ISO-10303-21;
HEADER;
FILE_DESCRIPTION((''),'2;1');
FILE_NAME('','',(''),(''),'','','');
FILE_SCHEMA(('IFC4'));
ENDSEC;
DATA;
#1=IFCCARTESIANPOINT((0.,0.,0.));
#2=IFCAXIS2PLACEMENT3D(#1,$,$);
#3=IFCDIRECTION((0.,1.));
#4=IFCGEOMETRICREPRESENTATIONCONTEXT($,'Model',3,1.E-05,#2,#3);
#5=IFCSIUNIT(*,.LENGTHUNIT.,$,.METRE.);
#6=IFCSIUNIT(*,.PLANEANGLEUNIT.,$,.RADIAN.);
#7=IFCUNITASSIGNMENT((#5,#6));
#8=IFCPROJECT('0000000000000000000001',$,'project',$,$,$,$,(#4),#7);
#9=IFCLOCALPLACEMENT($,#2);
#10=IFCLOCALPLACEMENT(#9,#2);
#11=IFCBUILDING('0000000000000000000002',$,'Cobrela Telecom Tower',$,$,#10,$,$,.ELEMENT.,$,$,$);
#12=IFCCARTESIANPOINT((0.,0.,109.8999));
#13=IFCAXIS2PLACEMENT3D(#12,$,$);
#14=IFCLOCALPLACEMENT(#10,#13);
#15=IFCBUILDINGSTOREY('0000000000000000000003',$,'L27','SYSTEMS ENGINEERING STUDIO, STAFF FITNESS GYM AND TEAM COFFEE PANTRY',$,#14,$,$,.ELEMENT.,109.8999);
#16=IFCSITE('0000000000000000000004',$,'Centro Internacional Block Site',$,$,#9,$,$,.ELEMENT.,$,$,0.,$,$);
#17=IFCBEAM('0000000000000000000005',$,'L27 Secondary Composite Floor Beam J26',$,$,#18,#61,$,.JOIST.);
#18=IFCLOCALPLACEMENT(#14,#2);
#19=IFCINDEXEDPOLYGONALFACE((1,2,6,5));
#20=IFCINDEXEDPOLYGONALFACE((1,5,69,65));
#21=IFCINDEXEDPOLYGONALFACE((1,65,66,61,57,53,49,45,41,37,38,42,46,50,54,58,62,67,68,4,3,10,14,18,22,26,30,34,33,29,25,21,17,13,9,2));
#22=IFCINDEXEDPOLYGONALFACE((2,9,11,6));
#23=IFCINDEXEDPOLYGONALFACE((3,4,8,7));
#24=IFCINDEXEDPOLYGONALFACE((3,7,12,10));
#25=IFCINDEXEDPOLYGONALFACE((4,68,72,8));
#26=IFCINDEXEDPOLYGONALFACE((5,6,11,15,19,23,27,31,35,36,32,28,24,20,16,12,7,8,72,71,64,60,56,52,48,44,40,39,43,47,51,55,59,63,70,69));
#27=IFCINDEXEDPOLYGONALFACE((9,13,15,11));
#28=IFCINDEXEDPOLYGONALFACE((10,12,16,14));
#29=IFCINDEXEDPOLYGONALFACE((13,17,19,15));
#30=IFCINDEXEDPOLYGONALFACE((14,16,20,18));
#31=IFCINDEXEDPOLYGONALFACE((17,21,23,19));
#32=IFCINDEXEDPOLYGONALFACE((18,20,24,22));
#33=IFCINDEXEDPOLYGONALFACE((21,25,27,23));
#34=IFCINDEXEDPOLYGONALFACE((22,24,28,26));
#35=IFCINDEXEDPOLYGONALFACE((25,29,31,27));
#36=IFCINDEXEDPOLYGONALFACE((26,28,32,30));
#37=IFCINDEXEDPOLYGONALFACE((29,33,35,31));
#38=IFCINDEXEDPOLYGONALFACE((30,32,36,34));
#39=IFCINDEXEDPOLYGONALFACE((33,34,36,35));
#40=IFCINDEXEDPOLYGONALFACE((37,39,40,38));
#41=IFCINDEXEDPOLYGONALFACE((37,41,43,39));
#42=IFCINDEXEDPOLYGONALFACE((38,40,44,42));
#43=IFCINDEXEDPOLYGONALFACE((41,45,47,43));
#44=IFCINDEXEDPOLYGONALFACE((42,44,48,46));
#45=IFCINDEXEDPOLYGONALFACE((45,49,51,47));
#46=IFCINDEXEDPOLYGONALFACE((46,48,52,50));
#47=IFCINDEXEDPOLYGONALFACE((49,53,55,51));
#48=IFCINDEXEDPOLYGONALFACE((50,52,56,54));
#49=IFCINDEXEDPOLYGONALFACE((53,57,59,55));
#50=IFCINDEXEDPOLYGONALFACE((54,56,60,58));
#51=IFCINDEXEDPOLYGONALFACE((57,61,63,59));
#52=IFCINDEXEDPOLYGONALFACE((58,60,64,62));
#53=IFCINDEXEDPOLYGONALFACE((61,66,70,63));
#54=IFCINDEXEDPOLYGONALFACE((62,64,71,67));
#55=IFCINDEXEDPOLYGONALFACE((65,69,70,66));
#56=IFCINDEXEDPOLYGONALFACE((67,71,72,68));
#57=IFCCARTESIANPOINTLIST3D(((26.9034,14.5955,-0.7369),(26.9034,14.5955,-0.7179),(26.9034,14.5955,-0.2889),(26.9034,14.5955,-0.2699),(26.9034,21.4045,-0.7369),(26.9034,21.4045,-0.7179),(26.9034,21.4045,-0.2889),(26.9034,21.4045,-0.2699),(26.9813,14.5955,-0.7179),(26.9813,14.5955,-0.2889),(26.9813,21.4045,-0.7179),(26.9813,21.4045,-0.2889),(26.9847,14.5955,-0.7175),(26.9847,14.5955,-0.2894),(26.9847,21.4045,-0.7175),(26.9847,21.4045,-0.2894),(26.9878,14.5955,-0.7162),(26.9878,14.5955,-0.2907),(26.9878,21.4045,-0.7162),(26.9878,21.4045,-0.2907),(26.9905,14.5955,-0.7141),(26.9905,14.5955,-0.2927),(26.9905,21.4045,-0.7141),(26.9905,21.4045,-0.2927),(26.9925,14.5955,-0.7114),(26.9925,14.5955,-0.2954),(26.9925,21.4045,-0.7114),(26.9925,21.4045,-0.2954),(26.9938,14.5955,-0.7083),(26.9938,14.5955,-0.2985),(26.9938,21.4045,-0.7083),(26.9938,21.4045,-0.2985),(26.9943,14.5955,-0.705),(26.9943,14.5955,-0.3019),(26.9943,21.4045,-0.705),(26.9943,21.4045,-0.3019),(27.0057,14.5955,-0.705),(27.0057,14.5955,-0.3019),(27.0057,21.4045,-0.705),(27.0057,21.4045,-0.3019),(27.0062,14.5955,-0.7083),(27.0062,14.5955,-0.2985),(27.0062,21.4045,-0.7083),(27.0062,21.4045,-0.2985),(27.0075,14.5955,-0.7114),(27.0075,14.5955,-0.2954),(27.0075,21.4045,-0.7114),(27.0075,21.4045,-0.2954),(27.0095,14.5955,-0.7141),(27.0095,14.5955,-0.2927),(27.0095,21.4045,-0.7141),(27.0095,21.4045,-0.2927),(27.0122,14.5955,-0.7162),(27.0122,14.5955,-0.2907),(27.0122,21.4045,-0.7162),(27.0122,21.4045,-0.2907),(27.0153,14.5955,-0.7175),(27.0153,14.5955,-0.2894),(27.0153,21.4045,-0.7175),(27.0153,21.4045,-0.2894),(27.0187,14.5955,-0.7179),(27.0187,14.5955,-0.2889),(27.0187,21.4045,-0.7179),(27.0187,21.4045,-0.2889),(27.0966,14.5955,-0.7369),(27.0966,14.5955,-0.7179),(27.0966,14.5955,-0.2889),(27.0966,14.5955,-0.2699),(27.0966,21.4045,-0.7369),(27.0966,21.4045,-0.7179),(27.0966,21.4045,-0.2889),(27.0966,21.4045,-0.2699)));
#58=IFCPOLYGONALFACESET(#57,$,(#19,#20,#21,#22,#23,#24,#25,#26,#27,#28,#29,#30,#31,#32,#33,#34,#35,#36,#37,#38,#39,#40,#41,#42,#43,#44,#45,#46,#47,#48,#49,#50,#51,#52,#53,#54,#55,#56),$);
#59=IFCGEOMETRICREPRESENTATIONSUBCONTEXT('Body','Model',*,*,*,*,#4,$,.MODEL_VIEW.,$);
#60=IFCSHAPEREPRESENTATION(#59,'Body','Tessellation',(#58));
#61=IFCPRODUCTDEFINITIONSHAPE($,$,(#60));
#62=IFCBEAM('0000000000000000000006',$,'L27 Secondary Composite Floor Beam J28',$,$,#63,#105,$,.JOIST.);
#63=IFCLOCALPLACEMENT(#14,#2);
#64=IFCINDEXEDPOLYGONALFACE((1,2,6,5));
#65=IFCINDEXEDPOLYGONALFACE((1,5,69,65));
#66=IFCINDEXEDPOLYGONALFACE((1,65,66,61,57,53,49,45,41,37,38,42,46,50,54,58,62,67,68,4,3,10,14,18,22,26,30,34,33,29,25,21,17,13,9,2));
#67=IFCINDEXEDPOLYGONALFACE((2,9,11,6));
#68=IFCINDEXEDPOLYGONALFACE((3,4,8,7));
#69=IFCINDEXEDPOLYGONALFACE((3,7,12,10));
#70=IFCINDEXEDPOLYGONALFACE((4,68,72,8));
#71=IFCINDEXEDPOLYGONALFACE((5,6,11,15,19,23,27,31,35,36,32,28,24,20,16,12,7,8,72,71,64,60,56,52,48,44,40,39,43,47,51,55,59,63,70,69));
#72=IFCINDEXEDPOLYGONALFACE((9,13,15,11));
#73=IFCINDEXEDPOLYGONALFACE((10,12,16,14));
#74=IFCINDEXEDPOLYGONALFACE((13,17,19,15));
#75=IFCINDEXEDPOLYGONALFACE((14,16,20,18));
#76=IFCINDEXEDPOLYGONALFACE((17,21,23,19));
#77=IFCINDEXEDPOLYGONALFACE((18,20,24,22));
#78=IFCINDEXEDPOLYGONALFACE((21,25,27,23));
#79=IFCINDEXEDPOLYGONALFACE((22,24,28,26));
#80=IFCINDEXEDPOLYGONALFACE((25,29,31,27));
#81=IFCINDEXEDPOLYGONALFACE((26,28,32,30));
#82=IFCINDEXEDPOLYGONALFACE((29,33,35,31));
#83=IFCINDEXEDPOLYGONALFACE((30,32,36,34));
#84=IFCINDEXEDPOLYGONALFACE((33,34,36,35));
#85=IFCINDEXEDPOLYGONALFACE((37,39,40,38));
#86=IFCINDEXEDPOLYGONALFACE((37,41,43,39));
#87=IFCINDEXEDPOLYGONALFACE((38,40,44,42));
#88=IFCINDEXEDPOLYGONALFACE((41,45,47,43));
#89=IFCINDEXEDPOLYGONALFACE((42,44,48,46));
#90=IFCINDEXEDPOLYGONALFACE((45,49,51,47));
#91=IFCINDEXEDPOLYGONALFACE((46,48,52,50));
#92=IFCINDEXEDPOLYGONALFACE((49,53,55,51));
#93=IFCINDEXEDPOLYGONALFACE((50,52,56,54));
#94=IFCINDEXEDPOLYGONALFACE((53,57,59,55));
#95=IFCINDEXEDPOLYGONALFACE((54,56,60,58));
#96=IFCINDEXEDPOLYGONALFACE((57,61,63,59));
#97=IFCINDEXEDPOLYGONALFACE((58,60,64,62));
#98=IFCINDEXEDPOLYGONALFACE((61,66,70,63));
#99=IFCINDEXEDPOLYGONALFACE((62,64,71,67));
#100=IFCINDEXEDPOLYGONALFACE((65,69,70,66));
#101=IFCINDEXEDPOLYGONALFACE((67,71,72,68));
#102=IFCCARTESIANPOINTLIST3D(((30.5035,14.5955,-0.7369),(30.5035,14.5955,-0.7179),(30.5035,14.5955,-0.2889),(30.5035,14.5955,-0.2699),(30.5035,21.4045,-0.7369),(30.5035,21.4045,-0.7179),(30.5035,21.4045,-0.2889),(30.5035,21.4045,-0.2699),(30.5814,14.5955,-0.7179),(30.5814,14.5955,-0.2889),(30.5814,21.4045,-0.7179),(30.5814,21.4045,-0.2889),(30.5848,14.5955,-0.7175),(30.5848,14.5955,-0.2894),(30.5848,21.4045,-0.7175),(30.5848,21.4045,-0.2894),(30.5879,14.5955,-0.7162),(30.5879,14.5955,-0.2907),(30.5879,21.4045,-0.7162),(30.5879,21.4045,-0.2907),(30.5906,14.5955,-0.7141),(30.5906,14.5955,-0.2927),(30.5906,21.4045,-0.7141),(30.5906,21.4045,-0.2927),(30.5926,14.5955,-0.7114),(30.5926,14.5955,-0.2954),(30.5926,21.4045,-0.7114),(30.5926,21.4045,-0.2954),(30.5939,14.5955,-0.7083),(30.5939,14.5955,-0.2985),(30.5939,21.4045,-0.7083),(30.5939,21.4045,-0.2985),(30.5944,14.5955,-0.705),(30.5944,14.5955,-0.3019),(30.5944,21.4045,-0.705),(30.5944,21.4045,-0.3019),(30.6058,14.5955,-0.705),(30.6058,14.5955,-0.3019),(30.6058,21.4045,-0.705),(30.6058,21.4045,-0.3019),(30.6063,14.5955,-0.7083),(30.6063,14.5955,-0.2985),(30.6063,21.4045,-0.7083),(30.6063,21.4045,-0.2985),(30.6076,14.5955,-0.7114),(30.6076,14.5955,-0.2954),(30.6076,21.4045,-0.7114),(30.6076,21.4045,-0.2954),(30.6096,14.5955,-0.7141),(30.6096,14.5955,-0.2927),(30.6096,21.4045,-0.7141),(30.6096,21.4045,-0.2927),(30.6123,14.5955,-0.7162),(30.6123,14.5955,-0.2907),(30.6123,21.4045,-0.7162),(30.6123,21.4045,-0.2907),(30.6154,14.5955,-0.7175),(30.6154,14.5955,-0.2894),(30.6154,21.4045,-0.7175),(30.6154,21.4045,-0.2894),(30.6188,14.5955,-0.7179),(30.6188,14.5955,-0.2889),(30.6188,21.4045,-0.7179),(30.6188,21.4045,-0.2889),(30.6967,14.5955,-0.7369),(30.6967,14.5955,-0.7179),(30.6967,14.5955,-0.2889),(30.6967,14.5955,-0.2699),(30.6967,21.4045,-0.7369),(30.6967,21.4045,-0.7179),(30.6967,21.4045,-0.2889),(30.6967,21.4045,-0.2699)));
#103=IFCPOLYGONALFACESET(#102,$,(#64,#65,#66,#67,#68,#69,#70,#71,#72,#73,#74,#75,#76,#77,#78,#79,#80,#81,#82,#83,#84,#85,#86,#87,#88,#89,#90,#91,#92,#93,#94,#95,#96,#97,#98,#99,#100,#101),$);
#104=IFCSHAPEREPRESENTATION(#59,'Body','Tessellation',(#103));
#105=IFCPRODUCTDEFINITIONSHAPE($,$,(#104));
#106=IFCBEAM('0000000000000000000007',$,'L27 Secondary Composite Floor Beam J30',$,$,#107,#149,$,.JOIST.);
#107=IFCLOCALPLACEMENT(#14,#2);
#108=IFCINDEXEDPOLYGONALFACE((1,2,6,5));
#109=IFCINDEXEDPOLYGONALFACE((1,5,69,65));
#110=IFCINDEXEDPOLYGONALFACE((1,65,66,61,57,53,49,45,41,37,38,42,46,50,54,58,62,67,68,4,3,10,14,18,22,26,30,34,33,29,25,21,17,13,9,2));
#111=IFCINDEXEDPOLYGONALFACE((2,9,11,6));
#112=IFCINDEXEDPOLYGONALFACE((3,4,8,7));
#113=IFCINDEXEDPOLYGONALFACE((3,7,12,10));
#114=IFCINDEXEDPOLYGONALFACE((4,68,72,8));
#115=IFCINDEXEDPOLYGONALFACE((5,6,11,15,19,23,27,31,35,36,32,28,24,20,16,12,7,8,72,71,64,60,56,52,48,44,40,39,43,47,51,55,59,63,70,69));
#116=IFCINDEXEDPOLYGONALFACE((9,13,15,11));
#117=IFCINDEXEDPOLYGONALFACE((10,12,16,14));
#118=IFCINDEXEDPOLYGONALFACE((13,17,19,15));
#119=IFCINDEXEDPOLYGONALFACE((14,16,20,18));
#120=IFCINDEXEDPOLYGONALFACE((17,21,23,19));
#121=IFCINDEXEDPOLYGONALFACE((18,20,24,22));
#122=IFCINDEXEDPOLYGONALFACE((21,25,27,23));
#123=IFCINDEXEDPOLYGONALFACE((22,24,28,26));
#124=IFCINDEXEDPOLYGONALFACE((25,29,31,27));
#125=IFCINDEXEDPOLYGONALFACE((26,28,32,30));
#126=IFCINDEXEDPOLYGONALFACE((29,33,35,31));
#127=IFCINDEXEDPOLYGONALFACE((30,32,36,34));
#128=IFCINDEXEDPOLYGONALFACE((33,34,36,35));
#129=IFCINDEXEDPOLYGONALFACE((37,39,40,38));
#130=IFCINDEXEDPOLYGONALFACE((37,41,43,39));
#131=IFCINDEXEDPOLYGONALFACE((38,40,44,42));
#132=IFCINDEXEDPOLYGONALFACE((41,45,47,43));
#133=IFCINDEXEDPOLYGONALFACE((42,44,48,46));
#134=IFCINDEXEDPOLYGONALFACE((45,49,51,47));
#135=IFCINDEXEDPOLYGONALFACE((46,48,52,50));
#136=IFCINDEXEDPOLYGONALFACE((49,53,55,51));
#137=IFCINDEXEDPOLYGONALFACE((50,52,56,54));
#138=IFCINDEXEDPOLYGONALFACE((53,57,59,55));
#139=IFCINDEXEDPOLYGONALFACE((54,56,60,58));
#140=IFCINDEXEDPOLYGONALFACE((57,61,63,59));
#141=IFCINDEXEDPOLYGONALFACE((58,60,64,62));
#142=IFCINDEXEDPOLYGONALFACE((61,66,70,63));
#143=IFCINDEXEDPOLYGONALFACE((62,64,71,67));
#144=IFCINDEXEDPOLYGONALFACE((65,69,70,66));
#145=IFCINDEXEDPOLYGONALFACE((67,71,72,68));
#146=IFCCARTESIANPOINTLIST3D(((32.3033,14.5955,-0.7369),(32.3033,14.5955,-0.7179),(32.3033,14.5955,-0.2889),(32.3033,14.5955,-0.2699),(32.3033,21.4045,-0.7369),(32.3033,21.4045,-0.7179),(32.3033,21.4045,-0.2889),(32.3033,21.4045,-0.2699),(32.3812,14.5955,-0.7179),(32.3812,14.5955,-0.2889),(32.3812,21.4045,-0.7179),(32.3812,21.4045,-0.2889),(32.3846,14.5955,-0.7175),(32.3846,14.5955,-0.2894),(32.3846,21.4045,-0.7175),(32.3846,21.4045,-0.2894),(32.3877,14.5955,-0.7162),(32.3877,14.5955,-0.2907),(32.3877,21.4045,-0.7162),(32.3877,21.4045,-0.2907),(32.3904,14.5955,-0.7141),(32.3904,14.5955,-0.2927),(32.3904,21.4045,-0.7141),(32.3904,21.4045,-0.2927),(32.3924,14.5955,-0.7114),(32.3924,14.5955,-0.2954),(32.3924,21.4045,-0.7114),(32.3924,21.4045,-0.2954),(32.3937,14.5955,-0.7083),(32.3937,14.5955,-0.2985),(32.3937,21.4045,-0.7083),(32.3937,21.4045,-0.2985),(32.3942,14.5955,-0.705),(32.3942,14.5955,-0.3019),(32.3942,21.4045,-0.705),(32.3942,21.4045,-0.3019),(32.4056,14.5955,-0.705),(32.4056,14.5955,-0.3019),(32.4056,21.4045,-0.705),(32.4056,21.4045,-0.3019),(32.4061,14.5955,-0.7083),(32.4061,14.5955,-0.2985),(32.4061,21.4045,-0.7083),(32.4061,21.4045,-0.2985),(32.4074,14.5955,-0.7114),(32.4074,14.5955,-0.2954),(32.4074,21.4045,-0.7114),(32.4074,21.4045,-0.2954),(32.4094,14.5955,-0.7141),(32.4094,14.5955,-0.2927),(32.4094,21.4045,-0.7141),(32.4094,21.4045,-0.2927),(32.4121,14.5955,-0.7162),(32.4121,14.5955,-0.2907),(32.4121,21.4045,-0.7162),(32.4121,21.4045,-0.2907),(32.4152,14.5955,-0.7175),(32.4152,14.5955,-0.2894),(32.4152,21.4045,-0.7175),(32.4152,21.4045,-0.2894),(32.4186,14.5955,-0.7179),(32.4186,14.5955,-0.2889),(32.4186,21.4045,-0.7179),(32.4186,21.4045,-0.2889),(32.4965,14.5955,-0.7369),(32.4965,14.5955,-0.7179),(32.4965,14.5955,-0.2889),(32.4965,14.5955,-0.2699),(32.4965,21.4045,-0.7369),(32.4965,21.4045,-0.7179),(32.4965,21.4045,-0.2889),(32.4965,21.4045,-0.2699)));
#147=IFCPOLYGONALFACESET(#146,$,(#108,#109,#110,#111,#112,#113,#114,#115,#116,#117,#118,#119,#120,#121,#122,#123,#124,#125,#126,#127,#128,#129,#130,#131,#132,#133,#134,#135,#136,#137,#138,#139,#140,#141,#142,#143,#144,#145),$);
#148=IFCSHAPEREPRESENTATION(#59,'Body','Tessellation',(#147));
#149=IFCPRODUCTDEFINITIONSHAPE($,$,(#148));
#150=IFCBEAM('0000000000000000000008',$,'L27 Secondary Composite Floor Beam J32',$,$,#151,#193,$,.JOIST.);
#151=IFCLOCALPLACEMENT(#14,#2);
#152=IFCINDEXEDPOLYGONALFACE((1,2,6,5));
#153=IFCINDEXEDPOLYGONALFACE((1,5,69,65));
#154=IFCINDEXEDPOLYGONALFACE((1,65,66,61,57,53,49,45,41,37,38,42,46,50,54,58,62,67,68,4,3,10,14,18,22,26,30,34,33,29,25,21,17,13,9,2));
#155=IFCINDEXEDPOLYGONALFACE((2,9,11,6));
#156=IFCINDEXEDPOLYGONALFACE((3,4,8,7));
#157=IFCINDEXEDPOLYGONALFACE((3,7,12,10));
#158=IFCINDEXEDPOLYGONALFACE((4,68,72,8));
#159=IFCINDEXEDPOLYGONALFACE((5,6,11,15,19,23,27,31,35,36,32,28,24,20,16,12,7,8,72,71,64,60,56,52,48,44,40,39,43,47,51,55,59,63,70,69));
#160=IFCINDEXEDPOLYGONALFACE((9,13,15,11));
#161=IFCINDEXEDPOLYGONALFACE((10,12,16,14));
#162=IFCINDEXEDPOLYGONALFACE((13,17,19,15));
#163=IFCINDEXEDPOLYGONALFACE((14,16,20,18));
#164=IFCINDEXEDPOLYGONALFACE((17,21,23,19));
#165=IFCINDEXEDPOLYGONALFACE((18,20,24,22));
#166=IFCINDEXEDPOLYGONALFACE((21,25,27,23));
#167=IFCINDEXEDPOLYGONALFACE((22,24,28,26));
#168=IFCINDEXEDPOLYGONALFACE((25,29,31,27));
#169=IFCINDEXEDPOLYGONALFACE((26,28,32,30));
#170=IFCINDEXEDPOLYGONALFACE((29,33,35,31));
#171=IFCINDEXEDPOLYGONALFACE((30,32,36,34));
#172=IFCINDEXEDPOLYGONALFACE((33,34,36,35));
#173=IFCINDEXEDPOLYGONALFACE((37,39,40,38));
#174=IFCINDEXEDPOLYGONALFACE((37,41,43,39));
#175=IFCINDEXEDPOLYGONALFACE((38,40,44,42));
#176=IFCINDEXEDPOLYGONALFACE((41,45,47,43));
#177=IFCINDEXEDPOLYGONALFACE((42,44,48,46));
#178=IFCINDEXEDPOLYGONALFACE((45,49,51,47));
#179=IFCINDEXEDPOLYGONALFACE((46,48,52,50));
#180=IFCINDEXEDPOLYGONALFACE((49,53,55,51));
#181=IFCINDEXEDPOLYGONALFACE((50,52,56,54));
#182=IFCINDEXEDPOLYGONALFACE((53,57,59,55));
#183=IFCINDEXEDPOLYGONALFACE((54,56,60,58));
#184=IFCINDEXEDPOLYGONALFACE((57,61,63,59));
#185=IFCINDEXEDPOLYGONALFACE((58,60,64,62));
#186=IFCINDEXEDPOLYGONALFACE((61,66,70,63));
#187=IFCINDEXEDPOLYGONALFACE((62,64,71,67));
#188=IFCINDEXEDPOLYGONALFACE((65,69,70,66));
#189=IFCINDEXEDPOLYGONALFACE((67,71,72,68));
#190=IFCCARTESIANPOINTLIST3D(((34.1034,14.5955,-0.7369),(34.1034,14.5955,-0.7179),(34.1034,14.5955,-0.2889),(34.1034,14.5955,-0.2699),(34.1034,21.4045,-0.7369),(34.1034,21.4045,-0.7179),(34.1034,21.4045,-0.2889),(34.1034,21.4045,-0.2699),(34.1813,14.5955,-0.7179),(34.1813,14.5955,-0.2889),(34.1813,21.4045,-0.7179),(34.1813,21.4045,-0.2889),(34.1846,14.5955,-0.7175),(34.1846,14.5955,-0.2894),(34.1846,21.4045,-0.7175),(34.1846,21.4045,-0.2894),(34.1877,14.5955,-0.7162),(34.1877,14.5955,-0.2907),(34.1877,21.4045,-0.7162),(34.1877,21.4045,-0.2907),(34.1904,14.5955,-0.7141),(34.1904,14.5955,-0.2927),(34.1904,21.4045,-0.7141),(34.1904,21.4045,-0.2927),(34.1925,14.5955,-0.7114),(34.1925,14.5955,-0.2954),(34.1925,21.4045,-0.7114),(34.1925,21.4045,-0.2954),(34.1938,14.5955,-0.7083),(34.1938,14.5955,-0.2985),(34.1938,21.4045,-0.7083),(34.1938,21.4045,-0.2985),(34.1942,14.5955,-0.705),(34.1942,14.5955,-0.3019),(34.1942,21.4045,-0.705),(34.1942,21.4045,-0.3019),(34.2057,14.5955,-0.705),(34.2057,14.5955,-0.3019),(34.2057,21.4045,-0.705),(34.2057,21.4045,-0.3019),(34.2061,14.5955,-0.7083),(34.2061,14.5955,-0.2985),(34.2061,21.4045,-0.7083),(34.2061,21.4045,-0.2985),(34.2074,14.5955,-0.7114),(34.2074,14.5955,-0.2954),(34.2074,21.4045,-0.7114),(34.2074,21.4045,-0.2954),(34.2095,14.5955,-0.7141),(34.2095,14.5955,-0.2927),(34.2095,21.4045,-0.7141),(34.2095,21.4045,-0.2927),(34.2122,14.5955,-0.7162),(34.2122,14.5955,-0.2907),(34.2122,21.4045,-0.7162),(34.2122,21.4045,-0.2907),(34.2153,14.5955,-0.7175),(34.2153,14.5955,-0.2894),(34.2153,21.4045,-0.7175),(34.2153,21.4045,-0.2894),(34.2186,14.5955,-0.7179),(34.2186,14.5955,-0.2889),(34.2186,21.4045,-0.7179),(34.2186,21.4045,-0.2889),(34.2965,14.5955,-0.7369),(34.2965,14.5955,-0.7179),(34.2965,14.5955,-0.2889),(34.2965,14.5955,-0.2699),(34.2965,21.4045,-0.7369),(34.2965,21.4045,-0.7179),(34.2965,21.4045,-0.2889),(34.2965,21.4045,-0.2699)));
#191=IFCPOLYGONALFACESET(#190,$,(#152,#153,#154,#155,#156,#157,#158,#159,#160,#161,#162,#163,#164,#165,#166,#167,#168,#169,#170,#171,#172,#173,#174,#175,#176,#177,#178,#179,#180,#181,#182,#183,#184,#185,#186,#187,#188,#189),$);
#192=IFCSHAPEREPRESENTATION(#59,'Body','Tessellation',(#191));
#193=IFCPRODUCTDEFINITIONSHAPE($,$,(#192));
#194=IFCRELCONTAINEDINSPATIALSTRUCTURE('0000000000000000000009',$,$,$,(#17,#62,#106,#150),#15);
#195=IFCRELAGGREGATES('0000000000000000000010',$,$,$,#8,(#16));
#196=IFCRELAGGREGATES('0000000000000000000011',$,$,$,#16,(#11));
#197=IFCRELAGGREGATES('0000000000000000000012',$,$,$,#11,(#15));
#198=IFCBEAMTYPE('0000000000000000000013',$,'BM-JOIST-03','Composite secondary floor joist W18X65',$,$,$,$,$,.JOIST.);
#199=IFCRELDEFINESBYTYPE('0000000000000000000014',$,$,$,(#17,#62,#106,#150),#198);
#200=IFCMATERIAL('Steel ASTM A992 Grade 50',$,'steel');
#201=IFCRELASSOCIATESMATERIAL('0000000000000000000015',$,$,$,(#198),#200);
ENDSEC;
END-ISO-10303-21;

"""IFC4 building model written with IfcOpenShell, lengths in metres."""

from ifc_helpers import new_model, si_unit, direction, frame, origin, origin_2d, place, context, subcontext, project, spatial, i_section, extrude, material, material_profile, profile_set, type_object, element, save


model = new_model("IFC4")

# Units and contexts
model_context = context("Model", 3, precision=1e-05, world=origin(), true_north=direction((0.0, 1.0)))
body_context = subcontext(model_context, "Body", "Model", "MODEL_VIEW")
ifc_project = project(units=[si_unit("LENGTHUNIT", "METRE"), si_unit("PLANEANGLEUNIT", "RADIAN")], contexts=[model_context])

# Site, building, storey
site_placement = place(None, origin())
site = spatial("IfcSite", under=ifc_project, at=site_placement, Name="Centro Internacional Block Site", CompositionType="ELEMENT", RefElevation=0.0)
building_placement = place(site_placement, origin())
building = spatial("IfcBuilding", under=site, at=building_placement, Name="Cobrela Telecom Tower", CompositionType="ELEMENT")
storey_placement = place(building_placement, frame((0.0, 0.0, 109.8999)))
storey = spatial("IfcBuildingStorey", under=building, at=storey_placement, Name="L27", Description="SYSTEMS ENGINEERING STUDIO, STAFF FITNESS GYM AND TEAM COFFEE PANTRY", CompositionType="ELEMENT", Elevation=109.8999)

# Shared definitions
ifc_material_1 = material(Name="Steel ASTM A992 Grade 50", Category="steel")

# Beams
ifc_material_profile_1 = material_profile(ifc_material_1, i_section(OverallWidth=0.1931, OverallDepth=0.467, WebThickness=0.0115, FlangeThickness=0.019, FilletRadius=0.0129, at=origin_2d()), Name="W18X65")
ifc_profile_set_1 = profile_set([ifc_material_profile_1], Name="Steel ASTM A992 Grade 50")
beam_type_1 = type_object("IfcBeamType", Name="BM-JOIST-03", Description="Composite secondary floor joist W18X65", PredefinedType="JOIST", material=ifc_profile_set_1)
for number, where, z_axis, x_axis, name in (
    (1, (27.0, 14.5955, -0.5034), (0.0, 1.0, 0.0), (-1.0, 0.0, 0.0), "L27 Secondary Composite Floor Beam J26"),
    (2, (30.6001, 14.5955, -0.5034), (0.0, 1.0, 0.0), (-1.0, 0.0, 0.0), "L27 Secondary Composite Floor Beam J28"),
    (3, (32.3999, 14.5955, -0.5034), (0.0, 1.0, 0.0), (-1.0, 0.0, 0.0), "L27 Secondary Composite Floor Beam J30"),
    (4, (34.2, 14.5955, -0.5034), (0.0, 1.0, 0.0), (-1.0, 0.0, 0.0), "L27 Secondary Composite Floor Beam J32"),
):
    element("IfcBeam", number, at=place(storey_placement, frame(where, z_axis=z_axis, x_axis=x_axis)), inside=storey, type_object=beam_type_1, Name=name, PredefinedType="JOIST", context=body_context, shape_type="SweptSolid", body=[
        extrude(i_section(OverallWidth=0.1931, OverallDepth=0.467, WebThickness=0.0115, FlangeThickness=0.019, FilletRadius=0.0129, at=origin_2d()), origin(), (0.0, 0.0, 1.0), 6.8091),
    ])

save(model, "model.ifc")
